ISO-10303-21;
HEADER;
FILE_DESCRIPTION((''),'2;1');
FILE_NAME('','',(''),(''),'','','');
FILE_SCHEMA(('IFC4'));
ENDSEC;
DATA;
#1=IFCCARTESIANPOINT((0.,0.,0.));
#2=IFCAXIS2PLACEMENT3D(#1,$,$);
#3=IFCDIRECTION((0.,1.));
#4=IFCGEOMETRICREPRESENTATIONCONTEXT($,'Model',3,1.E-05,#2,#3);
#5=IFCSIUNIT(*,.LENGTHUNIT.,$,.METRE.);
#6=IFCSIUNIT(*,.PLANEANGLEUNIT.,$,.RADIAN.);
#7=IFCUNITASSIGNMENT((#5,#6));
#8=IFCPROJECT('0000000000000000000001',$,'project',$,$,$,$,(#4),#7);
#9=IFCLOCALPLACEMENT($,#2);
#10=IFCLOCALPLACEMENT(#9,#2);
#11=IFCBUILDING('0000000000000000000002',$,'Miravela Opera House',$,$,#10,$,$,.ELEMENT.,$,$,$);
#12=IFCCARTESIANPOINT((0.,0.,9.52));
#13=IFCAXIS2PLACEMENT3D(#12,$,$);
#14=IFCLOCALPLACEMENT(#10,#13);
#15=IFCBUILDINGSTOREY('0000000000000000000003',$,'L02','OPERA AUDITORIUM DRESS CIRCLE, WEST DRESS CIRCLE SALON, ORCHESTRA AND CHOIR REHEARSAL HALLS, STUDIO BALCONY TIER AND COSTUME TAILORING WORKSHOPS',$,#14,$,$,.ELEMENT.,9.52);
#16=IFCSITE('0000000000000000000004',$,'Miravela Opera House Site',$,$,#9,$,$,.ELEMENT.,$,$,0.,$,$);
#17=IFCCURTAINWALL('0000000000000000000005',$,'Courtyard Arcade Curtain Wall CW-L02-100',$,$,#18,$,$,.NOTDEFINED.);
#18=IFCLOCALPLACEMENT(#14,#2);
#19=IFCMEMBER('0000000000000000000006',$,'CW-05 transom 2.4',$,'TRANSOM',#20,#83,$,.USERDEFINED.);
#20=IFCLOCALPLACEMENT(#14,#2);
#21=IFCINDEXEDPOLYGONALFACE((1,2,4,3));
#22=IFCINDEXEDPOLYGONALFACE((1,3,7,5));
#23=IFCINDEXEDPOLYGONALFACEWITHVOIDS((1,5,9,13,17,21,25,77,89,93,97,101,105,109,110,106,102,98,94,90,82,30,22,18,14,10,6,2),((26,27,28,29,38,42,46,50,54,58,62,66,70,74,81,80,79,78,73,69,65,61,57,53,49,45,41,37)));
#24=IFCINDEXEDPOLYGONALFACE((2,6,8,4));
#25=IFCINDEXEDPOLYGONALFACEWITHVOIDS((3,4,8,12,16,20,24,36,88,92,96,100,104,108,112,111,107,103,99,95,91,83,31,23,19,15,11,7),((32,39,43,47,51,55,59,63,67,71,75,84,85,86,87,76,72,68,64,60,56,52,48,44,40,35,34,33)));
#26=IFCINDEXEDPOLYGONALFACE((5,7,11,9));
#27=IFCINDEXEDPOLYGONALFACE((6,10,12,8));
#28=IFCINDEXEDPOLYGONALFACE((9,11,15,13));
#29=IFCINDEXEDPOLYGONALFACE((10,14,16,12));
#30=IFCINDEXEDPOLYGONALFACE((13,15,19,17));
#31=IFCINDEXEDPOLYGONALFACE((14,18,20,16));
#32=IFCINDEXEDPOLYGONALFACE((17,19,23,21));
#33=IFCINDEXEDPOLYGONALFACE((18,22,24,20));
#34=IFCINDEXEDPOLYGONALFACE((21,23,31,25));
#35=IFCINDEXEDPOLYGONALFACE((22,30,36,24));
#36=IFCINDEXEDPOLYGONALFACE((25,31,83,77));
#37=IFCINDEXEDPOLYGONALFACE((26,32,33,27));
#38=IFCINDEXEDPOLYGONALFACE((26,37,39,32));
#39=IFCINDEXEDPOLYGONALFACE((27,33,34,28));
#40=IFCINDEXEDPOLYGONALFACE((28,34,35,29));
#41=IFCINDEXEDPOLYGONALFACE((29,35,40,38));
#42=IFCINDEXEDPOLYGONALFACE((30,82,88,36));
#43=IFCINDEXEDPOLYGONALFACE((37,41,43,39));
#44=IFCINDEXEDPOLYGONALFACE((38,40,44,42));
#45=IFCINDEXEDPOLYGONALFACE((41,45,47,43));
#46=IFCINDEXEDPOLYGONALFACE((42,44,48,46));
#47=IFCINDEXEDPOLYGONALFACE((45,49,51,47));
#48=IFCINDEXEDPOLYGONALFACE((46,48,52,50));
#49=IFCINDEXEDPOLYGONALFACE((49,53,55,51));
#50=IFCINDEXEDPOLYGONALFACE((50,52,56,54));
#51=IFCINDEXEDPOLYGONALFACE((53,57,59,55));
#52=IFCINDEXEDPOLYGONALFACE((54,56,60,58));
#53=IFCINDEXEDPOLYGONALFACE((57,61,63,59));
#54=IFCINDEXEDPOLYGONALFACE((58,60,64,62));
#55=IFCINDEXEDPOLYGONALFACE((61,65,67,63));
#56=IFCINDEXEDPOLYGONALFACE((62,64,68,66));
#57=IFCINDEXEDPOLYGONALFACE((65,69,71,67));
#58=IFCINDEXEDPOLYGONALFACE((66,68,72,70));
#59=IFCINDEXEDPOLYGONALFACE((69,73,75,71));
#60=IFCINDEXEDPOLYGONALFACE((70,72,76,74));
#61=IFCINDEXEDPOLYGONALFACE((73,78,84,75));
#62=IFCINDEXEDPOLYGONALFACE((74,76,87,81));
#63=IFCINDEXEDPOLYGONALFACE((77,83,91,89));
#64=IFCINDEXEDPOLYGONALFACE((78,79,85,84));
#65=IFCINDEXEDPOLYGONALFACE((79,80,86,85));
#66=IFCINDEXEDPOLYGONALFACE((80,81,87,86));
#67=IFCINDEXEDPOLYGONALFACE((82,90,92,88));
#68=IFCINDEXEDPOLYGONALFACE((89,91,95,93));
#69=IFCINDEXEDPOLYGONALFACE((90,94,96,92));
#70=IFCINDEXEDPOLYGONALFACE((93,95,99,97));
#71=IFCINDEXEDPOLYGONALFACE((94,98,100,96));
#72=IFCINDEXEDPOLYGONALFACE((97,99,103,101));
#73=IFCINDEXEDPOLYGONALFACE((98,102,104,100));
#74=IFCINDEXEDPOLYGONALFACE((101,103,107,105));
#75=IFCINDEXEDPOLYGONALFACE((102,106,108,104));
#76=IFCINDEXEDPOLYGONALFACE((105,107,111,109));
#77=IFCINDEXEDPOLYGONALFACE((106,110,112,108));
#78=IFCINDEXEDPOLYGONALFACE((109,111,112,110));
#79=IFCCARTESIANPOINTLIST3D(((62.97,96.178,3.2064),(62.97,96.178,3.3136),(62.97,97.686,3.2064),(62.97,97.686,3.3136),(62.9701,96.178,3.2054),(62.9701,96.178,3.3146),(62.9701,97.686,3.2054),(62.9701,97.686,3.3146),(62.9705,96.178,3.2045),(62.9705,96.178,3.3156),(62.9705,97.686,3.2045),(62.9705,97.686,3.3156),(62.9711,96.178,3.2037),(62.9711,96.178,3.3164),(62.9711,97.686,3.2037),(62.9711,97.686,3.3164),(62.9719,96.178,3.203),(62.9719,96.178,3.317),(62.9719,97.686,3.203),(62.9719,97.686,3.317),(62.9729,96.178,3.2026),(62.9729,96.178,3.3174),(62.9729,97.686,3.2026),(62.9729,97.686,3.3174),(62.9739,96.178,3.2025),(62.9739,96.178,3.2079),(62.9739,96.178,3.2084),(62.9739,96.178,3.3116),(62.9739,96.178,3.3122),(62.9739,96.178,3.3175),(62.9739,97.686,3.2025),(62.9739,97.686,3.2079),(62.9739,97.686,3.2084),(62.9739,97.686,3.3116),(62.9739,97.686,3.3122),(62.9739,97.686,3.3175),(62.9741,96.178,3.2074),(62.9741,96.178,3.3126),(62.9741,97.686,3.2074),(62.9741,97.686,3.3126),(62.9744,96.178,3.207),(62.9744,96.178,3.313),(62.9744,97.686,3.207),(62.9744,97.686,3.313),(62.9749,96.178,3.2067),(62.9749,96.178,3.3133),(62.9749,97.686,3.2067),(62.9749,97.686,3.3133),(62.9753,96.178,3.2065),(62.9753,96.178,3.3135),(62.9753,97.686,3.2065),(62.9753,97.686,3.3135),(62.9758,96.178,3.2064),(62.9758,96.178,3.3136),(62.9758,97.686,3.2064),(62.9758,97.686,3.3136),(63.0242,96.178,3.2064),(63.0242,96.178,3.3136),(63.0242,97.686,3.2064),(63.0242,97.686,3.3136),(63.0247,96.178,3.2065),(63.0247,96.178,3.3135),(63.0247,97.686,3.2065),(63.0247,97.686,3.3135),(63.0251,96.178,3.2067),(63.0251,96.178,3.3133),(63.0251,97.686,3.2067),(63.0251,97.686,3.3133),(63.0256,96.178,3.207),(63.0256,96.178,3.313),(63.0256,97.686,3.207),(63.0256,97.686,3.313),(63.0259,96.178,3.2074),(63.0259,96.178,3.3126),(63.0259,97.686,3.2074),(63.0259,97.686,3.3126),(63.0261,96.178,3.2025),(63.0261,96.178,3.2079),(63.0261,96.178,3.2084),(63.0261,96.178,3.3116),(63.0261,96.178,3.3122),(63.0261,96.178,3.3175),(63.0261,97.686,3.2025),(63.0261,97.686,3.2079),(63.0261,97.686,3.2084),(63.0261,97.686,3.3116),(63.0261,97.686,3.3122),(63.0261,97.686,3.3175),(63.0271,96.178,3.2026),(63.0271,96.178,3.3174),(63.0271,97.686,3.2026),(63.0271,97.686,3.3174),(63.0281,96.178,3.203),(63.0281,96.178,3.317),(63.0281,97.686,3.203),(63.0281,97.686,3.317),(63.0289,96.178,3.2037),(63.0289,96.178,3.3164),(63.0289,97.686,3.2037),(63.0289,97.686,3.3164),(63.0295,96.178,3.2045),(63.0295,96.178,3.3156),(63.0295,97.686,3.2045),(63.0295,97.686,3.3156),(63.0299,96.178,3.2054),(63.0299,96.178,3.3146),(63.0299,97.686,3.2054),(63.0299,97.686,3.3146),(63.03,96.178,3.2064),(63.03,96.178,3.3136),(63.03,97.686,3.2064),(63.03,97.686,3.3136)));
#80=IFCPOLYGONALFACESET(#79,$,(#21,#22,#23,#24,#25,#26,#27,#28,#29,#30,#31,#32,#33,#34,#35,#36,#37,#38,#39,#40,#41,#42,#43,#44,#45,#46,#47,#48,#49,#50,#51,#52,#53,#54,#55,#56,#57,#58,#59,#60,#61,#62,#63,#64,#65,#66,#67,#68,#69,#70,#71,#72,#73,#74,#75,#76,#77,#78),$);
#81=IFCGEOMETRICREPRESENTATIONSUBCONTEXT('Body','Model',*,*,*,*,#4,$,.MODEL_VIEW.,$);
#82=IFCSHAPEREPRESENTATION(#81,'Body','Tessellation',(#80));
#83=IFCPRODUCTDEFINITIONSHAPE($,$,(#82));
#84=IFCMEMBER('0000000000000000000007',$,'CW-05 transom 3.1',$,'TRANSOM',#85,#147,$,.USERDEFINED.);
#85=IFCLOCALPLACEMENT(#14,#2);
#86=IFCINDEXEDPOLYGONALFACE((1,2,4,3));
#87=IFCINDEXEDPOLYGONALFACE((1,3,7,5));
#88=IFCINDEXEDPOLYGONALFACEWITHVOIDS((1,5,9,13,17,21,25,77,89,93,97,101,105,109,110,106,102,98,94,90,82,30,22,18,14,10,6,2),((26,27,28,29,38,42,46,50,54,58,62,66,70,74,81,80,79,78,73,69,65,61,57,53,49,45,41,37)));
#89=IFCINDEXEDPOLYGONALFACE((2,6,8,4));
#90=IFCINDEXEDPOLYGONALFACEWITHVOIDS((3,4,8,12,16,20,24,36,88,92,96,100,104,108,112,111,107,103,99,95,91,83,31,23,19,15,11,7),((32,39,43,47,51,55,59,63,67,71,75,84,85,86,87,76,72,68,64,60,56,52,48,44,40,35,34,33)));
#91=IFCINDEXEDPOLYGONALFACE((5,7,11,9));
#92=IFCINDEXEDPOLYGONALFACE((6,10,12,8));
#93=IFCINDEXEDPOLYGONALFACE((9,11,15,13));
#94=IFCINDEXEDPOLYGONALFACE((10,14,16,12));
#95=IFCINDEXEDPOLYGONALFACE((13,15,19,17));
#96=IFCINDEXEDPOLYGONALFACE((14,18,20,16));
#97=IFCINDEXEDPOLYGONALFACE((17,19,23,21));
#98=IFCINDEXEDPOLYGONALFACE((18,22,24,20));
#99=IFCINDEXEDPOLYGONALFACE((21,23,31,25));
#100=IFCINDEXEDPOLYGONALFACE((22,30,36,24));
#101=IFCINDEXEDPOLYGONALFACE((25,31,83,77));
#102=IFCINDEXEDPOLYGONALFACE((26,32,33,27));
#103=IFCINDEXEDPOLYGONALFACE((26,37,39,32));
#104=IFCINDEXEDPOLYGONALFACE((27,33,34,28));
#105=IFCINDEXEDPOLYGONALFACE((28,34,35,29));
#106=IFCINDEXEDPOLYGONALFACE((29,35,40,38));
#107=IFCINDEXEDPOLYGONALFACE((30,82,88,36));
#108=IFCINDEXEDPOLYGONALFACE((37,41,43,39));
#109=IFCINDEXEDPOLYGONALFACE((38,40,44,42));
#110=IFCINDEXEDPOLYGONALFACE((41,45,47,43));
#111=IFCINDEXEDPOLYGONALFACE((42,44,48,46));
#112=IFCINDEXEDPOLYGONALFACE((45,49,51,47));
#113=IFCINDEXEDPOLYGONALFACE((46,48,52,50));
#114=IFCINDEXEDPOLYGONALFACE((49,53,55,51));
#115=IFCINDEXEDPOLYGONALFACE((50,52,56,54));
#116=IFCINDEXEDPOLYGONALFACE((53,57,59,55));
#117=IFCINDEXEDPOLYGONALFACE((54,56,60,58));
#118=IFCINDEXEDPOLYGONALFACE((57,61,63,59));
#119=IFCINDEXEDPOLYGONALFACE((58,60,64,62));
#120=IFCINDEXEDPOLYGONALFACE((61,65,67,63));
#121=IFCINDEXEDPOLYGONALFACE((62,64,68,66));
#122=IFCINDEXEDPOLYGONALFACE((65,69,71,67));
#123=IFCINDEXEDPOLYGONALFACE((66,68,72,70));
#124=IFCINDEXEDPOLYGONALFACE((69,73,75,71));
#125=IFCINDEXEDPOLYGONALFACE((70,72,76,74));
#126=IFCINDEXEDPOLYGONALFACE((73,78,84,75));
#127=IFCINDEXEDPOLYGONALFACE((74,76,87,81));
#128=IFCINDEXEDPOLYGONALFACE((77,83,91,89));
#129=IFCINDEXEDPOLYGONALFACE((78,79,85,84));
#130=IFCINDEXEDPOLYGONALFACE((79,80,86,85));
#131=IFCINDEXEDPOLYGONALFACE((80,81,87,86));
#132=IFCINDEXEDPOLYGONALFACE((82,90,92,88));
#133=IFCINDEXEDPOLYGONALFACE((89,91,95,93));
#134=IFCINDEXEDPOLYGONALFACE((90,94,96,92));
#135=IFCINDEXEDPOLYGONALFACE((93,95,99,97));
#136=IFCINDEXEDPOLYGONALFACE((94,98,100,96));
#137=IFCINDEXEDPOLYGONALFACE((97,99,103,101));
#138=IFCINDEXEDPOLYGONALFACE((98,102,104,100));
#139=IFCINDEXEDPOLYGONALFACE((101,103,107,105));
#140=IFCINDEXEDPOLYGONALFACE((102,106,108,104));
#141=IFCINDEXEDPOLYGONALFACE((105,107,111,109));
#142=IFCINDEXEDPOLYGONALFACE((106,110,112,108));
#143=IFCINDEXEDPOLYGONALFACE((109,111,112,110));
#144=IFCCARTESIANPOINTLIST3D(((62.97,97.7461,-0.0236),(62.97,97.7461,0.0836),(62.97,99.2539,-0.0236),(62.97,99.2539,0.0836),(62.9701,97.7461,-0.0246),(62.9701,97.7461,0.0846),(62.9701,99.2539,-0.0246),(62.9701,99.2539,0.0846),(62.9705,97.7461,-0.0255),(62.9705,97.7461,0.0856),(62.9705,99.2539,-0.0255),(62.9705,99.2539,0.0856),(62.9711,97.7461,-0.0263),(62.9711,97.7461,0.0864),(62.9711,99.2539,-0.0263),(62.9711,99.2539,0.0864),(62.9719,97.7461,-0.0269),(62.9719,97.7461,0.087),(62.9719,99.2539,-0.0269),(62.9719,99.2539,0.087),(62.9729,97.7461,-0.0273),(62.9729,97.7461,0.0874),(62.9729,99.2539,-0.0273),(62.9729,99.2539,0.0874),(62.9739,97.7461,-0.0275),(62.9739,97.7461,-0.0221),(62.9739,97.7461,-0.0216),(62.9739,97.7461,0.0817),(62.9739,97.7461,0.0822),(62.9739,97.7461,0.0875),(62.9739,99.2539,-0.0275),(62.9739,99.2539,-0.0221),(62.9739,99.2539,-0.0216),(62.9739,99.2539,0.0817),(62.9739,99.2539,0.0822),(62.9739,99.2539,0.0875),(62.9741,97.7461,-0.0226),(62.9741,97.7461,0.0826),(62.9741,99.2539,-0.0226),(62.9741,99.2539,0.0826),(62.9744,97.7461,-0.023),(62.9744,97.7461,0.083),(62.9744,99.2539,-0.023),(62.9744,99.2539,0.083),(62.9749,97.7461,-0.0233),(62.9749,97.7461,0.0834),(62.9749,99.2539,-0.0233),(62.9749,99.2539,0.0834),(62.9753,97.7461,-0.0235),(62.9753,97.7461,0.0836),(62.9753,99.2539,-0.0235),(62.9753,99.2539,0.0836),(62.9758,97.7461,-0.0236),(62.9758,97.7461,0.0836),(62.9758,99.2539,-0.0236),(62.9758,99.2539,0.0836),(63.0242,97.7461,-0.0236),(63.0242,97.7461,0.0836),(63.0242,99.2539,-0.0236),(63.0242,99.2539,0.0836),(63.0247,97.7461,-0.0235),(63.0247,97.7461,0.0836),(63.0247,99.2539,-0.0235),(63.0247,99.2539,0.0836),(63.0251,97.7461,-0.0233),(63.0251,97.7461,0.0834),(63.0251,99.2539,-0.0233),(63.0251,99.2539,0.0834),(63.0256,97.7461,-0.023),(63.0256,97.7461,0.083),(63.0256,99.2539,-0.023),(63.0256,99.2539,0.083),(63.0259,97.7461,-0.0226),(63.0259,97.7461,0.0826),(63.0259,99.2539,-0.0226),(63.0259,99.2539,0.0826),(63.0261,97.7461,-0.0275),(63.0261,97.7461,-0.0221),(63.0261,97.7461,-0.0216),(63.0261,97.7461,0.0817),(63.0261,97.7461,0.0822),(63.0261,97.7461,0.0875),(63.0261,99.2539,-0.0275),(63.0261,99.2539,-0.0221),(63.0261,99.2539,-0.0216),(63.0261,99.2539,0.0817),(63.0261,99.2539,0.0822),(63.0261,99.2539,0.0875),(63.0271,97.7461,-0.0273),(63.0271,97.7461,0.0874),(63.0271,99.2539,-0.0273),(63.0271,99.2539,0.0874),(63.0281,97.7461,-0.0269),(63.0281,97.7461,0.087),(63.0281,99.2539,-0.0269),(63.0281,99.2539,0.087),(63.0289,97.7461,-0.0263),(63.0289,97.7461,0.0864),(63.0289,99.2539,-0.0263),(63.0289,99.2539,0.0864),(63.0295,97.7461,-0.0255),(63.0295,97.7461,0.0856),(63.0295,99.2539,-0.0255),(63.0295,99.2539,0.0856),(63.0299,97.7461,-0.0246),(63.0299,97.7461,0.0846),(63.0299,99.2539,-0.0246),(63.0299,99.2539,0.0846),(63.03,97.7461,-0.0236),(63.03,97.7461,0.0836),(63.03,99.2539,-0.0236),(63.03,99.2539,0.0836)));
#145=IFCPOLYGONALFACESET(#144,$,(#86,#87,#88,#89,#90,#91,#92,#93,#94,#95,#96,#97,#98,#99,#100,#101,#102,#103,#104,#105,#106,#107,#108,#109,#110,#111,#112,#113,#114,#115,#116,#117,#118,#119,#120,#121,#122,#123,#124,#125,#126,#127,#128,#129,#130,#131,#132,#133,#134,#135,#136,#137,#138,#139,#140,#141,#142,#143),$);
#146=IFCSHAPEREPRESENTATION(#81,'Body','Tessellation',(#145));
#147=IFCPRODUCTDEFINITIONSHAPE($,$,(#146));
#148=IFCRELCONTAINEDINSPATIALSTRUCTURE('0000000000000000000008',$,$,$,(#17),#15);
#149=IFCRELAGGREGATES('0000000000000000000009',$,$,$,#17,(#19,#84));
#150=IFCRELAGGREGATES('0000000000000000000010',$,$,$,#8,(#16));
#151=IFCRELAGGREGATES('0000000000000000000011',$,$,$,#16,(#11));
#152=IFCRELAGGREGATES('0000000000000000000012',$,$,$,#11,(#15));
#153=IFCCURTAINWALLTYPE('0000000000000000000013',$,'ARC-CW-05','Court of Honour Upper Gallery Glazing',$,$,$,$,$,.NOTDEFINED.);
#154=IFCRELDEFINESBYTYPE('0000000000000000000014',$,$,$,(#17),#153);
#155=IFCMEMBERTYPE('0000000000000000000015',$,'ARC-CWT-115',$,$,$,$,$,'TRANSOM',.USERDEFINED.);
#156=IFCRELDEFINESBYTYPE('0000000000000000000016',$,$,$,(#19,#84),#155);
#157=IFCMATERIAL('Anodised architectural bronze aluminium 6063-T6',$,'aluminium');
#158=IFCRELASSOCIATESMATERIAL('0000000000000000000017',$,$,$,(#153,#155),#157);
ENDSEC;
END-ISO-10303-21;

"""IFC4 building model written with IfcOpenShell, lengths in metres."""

from ifc_helpers import new_model, si_unit, direction, frame, origin, origin_2d, place, context, subcontext, project, spatial, hollow_rectangle, extrude, material, material_profile, profile_set, type_object, element, aggregate, save


model = new_model("IFC4")

# Units and contexts
model_context = context("Model", 3, precision=1e-05, world=origin(), true_north=direction((0.0, 1.0)))
body_context = subcontext(model_context, "Body", "Model", "MODEL_VIEW")
ifc_project = project(units=[si_unit("LENGTHUNIT", "METRE"), si_unit("PLANEANGLEUNIT", "RADIAN")], contexts=[model_context])

# Site, building, storey
site_placement = place(None, origin())
site = spatial("IfcSite", under=ifc_project, at=site_placement, Name="Miravela Opera House Site", CompositionType="ELEMENT", RefElevation=0.0)
building_placement = place(site_placement, origin())
building = spatial("IfcBuilding", under=site, at=building_placement, Name="Miravela Opera House", CompositionType="ELEMENT")
storey_placement = place(building_placement, frame((0.0, 0.0, 9.52)))
storey = spatial("IfcBuildingStorey", under=building, at=storey_placement, Name="L02", Description="OPERA AUDITORIUM DRESS CIRCLE, WEST DRESS CIRCLE SALON, ORCHESTRA AND CHOIR REHEARSAL HALLS, STUDIO BALCONY TIER AND COSTUME TAILORING WORKSHOPS", CompositionType="ELEMENT", Elevation=9.52)

# Curtain wall, members
ifc_material_1 = material(Name="Anodised architectural bronze aluminium 6063-T6", Category="aluminium")
curtain_wall_type = type_object("IfcCurtainWallType", Name="ARC-CW-05", Description="Court of Honour Upper Gallery Glazing", PredefinedType="NOTDEFINED", material=ifc_material_1)
curtain_wall_placement = place(storey_placement, origin())
curtain_wall = element("IfcCurtainWall", 1, at=curtain_wall_placement, inside=storey, type_object=curtain_wall_type, Name="Courtyard Arcade Curtain Wall CW-L02-100", PredefinedType="NOTDEFINED")
ifc_material_profile_1 = material_profile(ifc_material_1, hollow_rectangle(XDim=0.0601, YDim=0.115, WallThickness=0.0039, InnerFilletRadius=0.002, OuterFilletRadius=0.0039, at=origin_2d()), Name="CWT-60X115")
ifc_profile_set_1 = profile_set([ifc_material_profile_1])
member_type_1 = type_object("IfcMemberType", Name="ARC-CWT-115", ElementType="TRANSOM", PredefinedType="USERDEFINED", material=ifc_profile_set_1)
member_1_placement = place(storey_placement, frame((63.0, 96.178, 3.26), z_axis=(0.0, 1.0, 0.0), x_axis=(-1.0, 0.0, 0.0)))
member_1 = element("IfcMember", 2, at=member_1_placement, type_object=member_type_1, Name="CW-05 transom 2.4", ObjectType="TRANSOM", PredefinedType="USERDEFINED", context=body_context, shape_type="SweptSolid", body=[
    extrude(hollow_rectangle(XDim=0.0601, YDim=0.115, WallThickness=0.0039, InnerFilletRadius=0.002, OuterFilletRadius=0.0039, at=origin_2d()), origin(), (0.0, 0.0, 1.0), 1.5081),
])
member_2_placement = place(storey_placement, frame((63.0, 97.7461, 0.03), z_axis=(0.0, 1.0, 0.0), x_axis=(-1.0, 0.0, 0.0)))
member_2 = element("IfcMember", 3, at=member_2_placement, type_object=member_type_1, Name="CW-05 transom 3.1", ObjectType="TRANSOM", PredefinedType="USERDEFINED", context=body_context, shape_type="SweptSolid", body=[
    extrude(hollow_rectangle(XDim=0.0601, YDim=0.115, WallThickness=0.0039, InnerFilletRadius=0.002, OuterFilletRadius=0.0039, at=origin_2d()), origin(), (0.0, 0.0, 1.0), 1.5078),
])

aggregate(curtain_wall, [member_1, member_2])

save(model, "model.ifc")
